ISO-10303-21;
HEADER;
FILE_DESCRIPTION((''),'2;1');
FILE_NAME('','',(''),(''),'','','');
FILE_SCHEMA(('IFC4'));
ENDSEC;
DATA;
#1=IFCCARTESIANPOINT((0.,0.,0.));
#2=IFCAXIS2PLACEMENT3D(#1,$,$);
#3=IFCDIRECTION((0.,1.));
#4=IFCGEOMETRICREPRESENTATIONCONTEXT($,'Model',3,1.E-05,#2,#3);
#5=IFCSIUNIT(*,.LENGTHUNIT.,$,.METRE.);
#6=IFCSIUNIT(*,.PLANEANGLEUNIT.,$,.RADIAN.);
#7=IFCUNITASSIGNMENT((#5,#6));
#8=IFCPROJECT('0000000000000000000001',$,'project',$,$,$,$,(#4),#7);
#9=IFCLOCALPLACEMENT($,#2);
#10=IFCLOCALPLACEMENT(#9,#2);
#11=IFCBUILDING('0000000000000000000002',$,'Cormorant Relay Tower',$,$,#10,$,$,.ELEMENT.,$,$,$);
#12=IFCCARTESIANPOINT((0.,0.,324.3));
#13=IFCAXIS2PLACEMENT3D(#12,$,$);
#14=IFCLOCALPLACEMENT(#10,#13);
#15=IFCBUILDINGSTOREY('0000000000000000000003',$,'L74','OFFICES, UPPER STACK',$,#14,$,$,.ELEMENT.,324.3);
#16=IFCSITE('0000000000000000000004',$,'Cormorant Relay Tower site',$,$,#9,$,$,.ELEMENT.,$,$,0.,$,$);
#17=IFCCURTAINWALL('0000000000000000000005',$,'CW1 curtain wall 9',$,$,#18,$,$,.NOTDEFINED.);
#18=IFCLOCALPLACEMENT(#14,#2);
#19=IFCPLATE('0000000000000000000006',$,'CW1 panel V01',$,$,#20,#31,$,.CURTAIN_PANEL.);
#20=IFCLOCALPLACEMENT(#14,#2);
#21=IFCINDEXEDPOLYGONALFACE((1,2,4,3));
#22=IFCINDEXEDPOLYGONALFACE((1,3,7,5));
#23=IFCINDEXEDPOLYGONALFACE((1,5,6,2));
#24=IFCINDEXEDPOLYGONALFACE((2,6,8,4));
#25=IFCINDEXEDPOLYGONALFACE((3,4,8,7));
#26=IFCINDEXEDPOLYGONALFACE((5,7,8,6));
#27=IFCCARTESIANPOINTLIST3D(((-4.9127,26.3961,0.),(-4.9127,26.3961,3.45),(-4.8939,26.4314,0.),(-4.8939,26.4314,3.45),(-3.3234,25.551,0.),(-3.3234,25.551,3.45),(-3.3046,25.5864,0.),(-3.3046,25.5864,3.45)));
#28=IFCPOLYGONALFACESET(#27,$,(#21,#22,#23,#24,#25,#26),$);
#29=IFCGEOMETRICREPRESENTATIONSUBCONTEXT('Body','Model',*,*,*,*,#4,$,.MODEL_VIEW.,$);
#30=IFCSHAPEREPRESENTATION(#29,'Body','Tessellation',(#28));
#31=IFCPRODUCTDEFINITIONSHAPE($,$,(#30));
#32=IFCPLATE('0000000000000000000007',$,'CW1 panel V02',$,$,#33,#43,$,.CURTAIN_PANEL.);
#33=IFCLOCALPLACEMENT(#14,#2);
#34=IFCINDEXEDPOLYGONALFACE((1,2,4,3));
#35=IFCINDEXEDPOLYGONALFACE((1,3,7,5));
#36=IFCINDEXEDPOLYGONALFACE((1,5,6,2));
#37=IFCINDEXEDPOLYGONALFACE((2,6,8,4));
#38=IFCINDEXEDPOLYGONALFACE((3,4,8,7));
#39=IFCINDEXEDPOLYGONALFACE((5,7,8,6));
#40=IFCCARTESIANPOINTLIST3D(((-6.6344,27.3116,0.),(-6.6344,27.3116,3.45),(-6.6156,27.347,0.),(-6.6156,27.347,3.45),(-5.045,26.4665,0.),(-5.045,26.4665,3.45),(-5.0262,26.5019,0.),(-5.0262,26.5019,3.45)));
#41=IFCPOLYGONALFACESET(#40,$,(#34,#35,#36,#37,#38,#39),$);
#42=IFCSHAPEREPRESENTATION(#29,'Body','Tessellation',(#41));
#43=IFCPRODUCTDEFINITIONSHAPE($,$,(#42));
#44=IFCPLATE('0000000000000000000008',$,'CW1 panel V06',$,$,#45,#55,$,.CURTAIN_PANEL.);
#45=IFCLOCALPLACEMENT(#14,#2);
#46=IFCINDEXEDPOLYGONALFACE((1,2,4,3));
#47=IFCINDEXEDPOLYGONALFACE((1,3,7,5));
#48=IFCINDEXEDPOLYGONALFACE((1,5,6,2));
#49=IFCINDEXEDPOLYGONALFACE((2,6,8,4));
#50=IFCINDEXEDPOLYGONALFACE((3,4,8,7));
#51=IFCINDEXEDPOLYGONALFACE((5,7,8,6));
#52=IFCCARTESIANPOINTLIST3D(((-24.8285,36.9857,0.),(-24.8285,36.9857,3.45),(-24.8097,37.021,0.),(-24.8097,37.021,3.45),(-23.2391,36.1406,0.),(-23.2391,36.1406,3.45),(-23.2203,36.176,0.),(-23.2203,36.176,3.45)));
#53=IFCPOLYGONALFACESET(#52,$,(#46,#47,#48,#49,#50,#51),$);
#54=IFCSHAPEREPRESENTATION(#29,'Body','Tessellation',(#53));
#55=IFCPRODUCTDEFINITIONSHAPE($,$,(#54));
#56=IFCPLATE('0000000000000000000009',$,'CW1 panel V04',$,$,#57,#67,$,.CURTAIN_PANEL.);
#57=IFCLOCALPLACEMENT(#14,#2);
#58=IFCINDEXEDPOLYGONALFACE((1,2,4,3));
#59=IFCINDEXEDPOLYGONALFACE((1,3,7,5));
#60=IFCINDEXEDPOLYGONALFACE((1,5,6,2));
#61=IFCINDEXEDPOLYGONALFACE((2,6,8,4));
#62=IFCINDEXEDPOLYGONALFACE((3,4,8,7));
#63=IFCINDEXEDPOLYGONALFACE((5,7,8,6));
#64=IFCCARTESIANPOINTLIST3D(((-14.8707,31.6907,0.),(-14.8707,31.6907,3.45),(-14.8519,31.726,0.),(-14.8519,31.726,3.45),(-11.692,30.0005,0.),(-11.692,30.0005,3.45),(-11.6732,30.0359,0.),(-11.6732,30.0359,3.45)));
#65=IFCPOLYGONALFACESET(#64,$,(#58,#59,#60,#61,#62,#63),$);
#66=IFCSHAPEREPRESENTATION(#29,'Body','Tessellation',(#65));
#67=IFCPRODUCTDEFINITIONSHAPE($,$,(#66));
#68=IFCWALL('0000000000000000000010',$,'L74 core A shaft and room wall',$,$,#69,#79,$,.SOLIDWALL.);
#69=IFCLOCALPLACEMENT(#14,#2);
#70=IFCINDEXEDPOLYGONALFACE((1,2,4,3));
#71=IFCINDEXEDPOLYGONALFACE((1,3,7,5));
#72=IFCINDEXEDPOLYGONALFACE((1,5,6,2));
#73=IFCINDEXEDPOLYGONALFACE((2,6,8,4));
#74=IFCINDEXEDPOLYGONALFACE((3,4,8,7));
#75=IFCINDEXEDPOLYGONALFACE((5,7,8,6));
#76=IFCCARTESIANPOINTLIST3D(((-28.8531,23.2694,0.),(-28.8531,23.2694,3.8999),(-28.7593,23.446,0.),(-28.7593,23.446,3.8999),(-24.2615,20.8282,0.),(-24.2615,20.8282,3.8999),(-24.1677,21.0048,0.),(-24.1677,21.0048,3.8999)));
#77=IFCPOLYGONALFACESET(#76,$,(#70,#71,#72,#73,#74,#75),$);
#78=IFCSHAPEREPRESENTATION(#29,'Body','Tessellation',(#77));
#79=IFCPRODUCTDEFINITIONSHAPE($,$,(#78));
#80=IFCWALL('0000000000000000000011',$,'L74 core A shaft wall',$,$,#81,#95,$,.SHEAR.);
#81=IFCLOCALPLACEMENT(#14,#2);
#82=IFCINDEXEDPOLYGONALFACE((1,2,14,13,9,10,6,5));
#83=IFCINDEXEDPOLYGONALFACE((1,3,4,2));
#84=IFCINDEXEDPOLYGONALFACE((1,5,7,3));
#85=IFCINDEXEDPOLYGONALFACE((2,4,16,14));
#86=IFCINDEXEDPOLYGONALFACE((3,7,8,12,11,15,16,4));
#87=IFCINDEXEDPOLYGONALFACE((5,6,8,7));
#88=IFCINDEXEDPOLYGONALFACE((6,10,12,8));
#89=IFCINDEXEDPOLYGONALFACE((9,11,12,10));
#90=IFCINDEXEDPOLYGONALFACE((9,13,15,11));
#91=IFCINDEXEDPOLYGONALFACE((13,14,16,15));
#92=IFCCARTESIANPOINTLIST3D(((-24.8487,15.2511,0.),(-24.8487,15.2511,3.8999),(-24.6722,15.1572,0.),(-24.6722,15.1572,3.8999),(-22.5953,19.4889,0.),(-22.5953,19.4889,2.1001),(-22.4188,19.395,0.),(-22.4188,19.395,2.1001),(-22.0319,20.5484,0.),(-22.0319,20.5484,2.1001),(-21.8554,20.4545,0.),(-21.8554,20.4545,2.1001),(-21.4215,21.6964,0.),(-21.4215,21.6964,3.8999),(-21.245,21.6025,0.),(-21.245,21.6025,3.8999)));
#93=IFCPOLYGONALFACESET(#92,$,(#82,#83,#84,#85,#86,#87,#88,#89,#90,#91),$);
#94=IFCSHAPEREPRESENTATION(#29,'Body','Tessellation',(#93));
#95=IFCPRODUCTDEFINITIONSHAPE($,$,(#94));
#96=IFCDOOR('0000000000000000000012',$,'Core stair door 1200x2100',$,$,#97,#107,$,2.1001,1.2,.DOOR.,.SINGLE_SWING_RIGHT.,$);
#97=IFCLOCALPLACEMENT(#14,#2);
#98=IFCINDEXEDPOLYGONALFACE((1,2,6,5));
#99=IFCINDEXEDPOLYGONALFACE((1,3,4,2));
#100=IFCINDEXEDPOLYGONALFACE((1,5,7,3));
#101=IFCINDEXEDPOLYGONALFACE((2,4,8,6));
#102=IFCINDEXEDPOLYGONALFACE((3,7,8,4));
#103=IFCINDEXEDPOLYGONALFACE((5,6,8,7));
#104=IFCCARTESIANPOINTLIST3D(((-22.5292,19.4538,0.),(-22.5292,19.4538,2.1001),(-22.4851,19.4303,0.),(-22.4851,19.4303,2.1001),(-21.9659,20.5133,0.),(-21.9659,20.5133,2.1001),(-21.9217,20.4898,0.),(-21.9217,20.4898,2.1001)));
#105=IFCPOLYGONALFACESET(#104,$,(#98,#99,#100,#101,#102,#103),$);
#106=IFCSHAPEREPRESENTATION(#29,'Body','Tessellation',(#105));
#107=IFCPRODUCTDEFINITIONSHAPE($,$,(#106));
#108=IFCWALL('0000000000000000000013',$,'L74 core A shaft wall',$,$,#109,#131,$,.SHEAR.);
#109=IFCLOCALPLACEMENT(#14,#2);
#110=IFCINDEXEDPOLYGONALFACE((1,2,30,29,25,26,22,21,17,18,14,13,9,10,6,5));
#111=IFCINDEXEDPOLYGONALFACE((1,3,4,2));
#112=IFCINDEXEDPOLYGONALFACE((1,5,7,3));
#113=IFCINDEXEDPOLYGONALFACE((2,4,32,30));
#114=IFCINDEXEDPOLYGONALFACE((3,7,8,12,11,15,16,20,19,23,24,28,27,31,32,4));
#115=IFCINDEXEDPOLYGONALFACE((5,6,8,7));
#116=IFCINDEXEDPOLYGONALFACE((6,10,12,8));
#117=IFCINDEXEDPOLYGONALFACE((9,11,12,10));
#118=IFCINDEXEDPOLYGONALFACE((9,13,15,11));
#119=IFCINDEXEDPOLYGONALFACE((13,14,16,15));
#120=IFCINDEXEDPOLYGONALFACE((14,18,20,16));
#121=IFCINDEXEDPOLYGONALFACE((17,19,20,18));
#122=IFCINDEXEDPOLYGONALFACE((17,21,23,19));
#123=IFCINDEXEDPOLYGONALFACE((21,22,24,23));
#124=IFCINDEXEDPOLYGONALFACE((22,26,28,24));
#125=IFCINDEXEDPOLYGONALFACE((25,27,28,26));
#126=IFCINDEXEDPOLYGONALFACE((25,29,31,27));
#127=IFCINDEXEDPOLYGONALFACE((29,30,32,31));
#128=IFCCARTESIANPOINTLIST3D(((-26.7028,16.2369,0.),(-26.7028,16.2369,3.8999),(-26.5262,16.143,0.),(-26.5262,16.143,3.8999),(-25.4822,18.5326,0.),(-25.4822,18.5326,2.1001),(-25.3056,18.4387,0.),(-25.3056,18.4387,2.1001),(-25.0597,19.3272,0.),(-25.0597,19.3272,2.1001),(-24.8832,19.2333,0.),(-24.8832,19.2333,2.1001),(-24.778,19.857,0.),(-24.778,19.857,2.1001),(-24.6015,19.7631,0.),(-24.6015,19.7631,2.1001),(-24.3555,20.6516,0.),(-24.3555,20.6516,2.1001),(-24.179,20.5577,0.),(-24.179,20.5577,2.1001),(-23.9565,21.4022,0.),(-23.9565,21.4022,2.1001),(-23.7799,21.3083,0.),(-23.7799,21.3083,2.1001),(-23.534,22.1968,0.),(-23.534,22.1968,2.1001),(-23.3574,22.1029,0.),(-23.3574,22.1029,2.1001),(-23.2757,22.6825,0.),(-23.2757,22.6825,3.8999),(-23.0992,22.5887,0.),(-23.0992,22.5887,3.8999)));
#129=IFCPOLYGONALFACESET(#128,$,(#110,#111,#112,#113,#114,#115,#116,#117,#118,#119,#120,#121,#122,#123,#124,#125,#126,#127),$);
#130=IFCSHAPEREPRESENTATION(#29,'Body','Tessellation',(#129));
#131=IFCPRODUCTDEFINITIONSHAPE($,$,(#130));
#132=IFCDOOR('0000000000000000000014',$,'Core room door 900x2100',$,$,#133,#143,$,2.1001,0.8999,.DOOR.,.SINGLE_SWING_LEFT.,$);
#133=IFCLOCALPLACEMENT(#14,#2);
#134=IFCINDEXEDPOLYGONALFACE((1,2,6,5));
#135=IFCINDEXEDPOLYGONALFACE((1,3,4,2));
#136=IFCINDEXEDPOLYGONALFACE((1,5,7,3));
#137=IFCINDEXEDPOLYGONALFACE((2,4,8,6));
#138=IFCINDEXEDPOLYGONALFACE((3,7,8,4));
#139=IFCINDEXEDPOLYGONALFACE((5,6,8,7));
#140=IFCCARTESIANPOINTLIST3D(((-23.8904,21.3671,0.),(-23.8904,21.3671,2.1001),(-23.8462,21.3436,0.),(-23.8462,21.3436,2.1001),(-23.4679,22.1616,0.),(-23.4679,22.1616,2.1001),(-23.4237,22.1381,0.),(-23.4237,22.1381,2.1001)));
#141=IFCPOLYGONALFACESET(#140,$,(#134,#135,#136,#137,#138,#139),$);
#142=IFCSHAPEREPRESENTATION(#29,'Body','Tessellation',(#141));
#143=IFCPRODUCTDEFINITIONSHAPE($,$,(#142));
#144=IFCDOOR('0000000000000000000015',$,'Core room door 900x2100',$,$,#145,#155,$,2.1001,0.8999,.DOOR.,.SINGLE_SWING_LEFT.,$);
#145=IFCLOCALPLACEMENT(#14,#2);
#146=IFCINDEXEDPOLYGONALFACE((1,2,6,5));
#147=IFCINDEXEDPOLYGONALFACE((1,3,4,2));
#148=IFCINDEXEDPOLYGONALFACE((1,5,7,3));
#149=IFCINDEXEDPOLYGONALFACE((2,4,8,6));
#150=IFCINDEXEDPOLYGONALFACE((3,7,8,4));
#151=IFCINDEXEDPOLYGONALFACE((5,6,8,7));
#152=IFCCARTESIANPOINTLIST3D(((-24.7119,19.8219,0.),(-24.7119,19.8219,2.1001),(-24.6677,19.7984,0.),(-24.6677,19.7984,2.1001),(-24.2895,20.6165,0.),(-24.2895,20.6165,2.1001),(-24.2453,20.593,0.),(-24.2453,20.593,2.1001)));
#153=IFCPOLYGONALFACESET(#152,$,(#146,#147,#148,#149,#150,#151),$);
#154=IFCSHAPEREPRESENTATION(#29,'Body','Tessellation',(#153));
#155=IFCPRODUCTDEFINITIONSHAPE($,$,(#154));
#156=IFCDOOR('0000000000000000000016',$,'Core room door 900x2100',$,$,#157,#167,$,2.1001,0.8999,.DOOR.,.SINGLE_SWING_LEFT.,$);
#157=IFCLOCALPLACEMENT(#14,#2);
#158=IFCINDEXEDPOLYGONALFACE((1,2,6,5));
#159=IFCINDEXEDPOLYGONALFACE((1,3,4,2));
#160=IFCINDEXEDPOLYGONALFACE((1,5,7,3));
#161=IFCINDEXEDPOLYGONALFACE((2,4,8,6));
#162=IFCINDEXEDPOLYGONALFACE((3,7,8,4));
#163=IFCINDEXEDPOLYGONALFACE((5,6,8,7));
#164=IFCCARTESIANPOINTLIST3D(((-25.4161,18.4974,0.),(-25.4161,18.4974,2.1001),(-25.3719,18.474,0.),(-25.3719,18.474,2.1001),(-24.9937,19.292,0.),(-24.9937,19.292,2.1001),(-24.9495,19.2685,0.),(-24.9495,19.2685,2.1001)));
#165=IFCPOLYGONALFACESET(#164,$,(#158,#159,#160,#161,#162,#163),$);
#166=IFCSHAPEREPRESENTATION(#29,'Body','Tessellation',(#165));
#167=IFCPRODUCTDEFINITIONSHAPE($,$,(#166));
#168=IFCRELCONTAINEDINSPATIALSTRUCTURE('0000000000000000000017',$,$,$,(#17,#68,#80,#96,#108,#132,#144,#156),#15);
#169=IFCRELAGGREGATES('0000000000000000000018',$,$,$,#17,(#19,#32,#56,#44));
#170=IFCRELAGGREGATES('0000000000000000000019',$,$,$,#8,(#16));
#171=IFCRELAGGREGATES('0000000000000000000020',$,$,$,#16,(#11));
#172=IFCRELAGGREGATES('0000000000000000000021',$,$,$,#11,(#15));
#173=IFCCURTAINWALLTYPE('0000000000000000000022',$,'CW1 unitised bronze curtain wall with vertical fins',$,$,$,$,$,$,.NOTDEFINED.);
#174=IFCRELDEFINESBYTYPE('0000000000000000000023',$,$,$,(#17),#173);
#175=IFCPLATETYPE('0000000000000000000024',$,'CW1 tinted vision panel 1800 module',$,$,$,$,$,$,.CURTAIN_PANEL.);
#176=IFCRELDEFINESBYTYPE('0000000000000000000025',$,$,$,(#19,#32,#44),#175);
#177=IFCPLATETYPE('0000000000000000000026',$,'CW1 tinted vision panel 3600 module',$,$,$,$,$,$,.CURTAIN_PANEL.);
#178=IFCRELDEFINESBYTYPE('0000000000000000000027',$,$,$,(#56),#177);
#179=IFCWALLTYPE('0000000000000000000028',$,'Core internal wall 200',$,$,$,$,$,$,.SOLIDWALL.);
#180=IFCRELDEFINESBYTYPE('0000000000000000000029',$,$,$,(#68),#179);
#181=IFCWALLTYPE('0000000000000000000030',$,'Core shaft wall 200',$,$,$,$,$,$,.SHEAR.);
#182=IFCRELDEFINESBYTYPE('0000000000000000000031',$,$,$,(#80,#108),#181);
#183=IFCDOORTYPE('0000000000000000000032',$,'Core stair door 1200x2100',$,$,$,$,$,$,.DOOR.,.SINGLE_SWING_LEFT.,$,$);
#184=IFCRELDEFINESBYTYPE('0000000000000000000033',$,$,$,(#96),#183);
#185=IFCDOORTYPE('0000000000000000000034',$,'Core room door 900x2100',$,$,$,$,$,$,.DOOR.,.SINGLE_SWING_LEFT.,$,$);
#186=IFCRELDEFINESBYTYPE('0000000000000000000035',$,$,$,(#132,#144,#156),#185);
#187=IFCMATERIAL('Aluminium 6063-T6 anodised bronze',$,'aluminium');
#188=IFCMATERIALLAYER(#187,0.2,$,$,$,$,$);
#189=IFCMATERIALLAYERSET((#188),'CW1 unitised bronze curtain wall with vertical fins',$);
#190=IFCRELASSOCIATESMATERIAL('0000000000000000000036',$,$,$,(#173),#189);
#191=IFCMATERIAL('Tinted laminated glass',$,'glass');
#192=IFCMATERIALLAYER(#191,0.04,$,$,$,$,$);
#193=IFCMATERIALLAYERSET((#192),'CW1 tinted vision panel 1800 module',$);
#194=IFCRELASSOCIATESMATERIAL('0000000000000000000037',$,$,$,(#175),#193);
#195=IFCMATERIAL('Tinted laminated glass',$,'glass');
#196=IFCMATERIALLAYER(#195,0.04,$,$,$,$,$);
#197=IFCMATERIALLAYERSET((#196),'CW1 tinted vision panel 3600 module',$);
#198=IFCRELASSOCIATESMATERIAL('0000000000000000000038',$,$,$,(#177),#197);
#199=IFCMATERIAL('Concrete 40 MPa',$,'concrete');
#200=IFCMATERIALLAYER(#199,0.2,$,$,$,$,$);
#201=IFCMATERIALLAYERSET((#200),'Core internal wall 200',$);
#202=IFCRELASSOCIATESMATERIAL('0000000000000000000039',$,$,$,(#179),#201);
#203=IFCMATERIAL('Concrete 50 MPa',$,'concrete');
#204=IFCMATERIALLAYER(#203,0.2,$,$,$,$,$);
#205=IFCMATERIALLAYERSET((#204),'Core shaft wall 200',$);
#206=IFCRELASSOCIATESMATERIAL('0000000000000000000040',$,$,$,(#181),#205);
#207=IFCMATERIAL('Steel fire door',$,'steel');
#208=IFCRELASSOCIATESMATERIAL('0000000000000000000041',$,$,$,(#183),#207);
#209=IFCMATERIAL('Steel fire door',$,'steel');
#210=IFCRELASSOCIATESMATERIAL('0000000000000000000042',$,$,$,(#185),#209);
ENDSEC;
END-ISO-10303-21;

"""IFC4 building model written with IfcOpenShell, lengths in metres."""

from ifc_helpers import new_model, si_unit, direction, frame, frame_2d, origin, origin_2d, place, context, subcontext, project, spatial, rectangle, extrude, material, layer, layer_set, type_object, element, fill, aggregate, save


model = new_model("IFC4")

# Units and contexts
model_context = context("Model", 3, precision=1e-05, world=origin(), true_north=direction((0.0, 1.0)))
body_context = subcontext(model_context, "Body", "Model", "MODEL_VIEW")
ifc_project = project(units=[si_unit("LENGTHUNIT", "METRE"), si_unit("PLANEANGLEUNIT", "RADIAN")], contexts=[model_context])

# Site, building, storey
site_placement = place(None, origin())
site = spatial("IfcSite", under=ifc_project, at=site_placement, Name="Cormorant Relay Tower site", CompositionType="ELEMENT", RefElevation=0.0)
building_placement = place(site_placement, origin())
building = spatial("IfcBuilding", under=site, at=building_placement, Name="Cormorant Relay Tower", CompositionType="ELEMENT")
storey_placement = place(building_placement, frame((0.0, 0.0, 324.3)))
storey = spatial("IfcBuildingStorey", under=building, at=storey_placement, Name="L74", Description="OFFICES, UPPER STACK", CompositionType="ELEMENT", Elevation=324.3)

# Curtain wall
ifc_material_1 = material(Name="Aluminium 6063-T6 anodised bronze", Category="aluminium")
ifc_layer_1 = layer(ifc_material_1, 0.2)
ifc_layer_set_1 = layer_set([ifc_layer_1], Name="CW1 unitised bronze curtain wall with vertical fins")
curtain_wall_type = type_object("IfcCurtainWallType", Name="CW1 unitised bronze curtain wall with vertical fins", PredefinedType="NOTDEFINED", material=ifc_layer_set_1)
curtain_wall_placement = place(storey_placement, origin())
curtain_wall = element("IfcCurtainWall", 1, at=curtain_wall_placement, inside=storey, type_object=curtain_wall_type, Name="CW1 curtain wall 9", PredefinedType="NOTDEFINED")

# Plates
ifc_material_2 = material(Name="Tinted laminated glass", Category="glass")
ifc_layer_2 = layer(ifc_material_2, 0.04)
ifc_layer_set_2 = layer_set([ifc_layer_2], Name="CW1 tinted vision panel 1800 module")
plate_type_1 = type_object("IfcPlateType", Name="CW1 tinted vision panel 1800 module", PredefinedType="CURTAIN_PANEL", material=ifc_layer_set_2)
plate_1_placement = place(storey_placement, frame((-4.1086, 25.9912, 0.0), z_axis=(0.0, 0.0, 1.0), x_axis=(-0.882948, 0.469472, 0.0)))
plate_1 = element("IfcPlate", 2, at=plate_1_placement, type_object=plate_type_1, Name="CW1 panel V01", PredefinedType="CURTAIN_PANEL", context=body_context, shape_type="SweptSolid", body=[
    extrude(rectangle(XDim=1.8, YDim=0.04, at=origin_2d()), origin(), (0.0, 0.0, 1.0), 3.45),
])
plate_2_placement = place(storey_placement, frame((-5.8303, 26.9067, 0.0), z_axis=(0.0, 0.0, 1.0), x_axis=(-0.882948, 0.469472, 0.0)))
plate_2 = element("IfcPlate", 3, at=plate_2_placement, type_object=plate_type_1, Name="CW1 panel V02", PredefinedType="CURTAIN_PANEL", context=body_context, shape_type="SweptSolid", body=[
    extrude(rectangle(XDim=1.8, YDim=0.04, at=origin_2d()), origin(), (0.0, 0.0, 1.0), 3.45),
])
plate_3_placement = place(storey_placement, frame((-24.0244, 36.5808, 0.0), z_axis=(0.0, 0.0, 1.0), x_axis=(-0.882948, 0.469472, 0.0)))
plate_3 = element("IfcPlate", 4, at=plate_3_placement, type_object=plate_type_1, Name="CW1 panel V06", PredefinedType="CURTAIN_PANEL", context=body_context, shape_type="SweptSolid", body=[
    extrude(rectangle(XDim=1.8, YDim=0.04, at=origin_2d()), origin(), (0.0, 0.0, 1.0), 3.45),
])
ifc_material_3 = material(Name="Tinted laminated glass", Category="glass")
ifc_layer_3 = layer(ifc_material_3, 0.04)
ifc_layer_set_3 = layer_set([ifc_layer_3], Name="CW1 tinted vision panel 3600 module")
plate_type_2 = type_object("IfcPlateType", Name="CW1 tinted vision panel 3600 module", PredefinedType="CURTAIN_PANEL", material=ifc_layer_set_3)
plate_4_placement = place(storey_placement, frame((-13.272, 30.8633, 0.0), z_axis=(0.0, 0.0, 1.0), x_axis=(-0.882948, 0.469472, 0.0)))
plate_4 = element("IfcPlate", 5, at=plate_4_placement, type_object=plate_type_2, Name="CW1 panel V04", PredefinedType="CURTAIN_PANEL", context=body_context, shape_type="SweptSolid", body=[
    extrude(rectangle(XDim=3.6001, YDim=0.04, at=origin_2d()), origin(), (0.0, 0.0, 1.0), 3.45),
])

# Wall
ifc_material_4 = material(Name="Concrete 40 MPa", Category="concrete")
ifc_layer_4 = layer(ifc_material_4, 0.2)
ifc_layer_set_4 = layer_set([ifc_layer_4], Name="Core internal wall 200")
wall_type_1 = type_object("IfcWallType", Name="Core internal wall 200", PredefinedType="SOLIDWALL", material=ifc_layer_set_4)
wall_1_placement = place(storey_placement, frame((-24.2146, 20.9165, 0.0), z_axis=(0.0, 0.0, 1.0), x_axis=(-0.882964, 0.46944, 0.0)))
element("IfcWall", 6, at=wall_1_placement, inside=storey, type_object=wall_type_1, Name="L74 core A shaft and room wall", PredefinedType="SOLIDWALL", context=body_context, shape_type="SweptSolid", body=[
    extrude(rectangle(XDim=5.2002, YDim=0.2, at=frame_2d((2.6001, 0.0))), origin(), (0.0, 0.0, 1.0), 3.8999),
])

# Wall, opening, door
ifc_material_5 = material(Name="Concrete 50 MPa", Category="concrete")
ifc_layer_5 = layer(ifc_material_5, 0.2)
ifc_layer_set_5 = layer_set([ifc_layer_5], Name="Core shaft wall 200")
wall_type_2 = type_object("IfcWallType", Name="Core shaft wall 200", PredefinedType="SHEAR", material=ifc_layer_set_5)
wall_2_placement = place(storey_placement, frame((-21.3333, 21.6494, 0.0), z_axis=(0.0, 0.0, 1.0), x_axis=(-0.469494, -0.882936, 0.0)))
wall_2 = element("IfcWall", 7, at=wall_2_placement, inside=storey, type_object=wall_type_2, Name="L74 core A shaft wall", PredefinedType="SHEAR", context=body_context, shape_type="SweptSolid", body=[
    extrude(rectangle(XDim=7.2998, YDim=0.2, at=frame_2d((3.6499, 0.0))), origin(), (0.0, 0.0, 1.0), 3.8999),
])
opening_1_placement = place(wall_2_placement, frame((1.3, 0.0, 0.0)))
opening_1 = element("IfcOpeningElement", 8, at=opening_1_placement, cuts=wall_2, PredefinedType="OPENING", context=body_context, shape_type="SweptSolid", body=[
    extrude(rectangle(XDim=1.2, YDim=2.1001, at=frame_2d((0.6001, 1.05))), frame((0.0, 0.1099, 0.0), z_axis=(0.0, -1.0, 0.0), x_axis=(1.0, 0.0, 0.0)), (0.0, 0.0, 1.0), 0.22),
])
ifc_material_6 = material(Name="Steel fire door", Category="steel")
door_type_1 = type_object("IfcDoorType", Name="Core stair door 1200x2100", OperationType="SINGLE_SWING_LEFT", PredefinedType="DOOR", material=ifc_material_6)
door_1_placement = place(opening_1_placement, origin())
door_1 = element("IfcDoor", 9, at=door_1_placement, inside=storey, type_object=door_type_1, Name="Core stair door 1200x2100", OperationType="SINGLE_SWING_RIGHT", OverallHeight=2.1001, OverallWidth=1.2, PredefinedType="DOOR", context=body_context, shape_type="SweptSolid", body=[
    extrude(rectangle(XDim=1.2, YDim=2.1001, at=frame_2d((0.6001, 1.05))), frame((0.0, 0.0249, 0.0), z_axis=(0.0, -1.0, 0.0), x_axis=(1.0, 0.0, 0.0)), (0.0, 0.0, 1.0), 0.05),
])
fill(opening_1, door_1)

# Wall, openings, doors
wall_3_placement = place(storey_placement, frame((-23.1875, 22.6355, 0.0), z_axis=(0.0, 0.0, 1.0), x_axis=(-0.469454, -0.882957, 0.0)))
wall_3 = element("IfcWall", 10, at=wall_3_placement, inside=storey, type_object=wall_type_2, Name="L74 core A shaft wall", PredefinedType="SHEAR", context=body_context, shape_type="SweptSolid", body=[
    extrude(rectangle(XDim=7.3, YDim=0.2, at=frame_2d((3.6499, 0.0))), origin(), (0.0, 0.0, 1.0), 3.8999),
])
opening_2_placement = place(wall_3_placement, frame((0.55, 0.0, 0.0)))
opening_2 = element("IfcOpeningElement", 11, at=opening_2_placement, cuts=wall_3, PredefinedType="OPENING", context=body_context, shape_type="SweptSolid", body=[
    extrude(rectangle(XDim=0.8999, YDim=2.1001, at=frame_2d((0.45, 1.05))), frame((0.0, 0.1099, 0.0), z_axis=(0.0, -1.0, 0.0), x_axis=(1.0, 0.0, 0.0)), (0.0, 0.0, 1.0), 0.22),
])
opening_3_placement = place(wall_3_placement, frame((2.3, 0.0, 0.0)))
opening_3 = element("IfcOpeningElement", 12, at=opening_3_placement, cuts=wall_3, PredefinedType="OPENING", context=body_context, shape_type="SweptSolid", body=[
    extrude(rectangle(XDim=0.8999, YDim=2.1001, at=frame_2d((0.45, 1.05))), frame((0.0, 0.1099, 0.0), z_axis=(0.0, -1.0, 0.0), x_axis=(1.0, 0.0, 0.0)), (0.0, 0.0, 1.0), 0.22),
])
opening_4_placement = place(wall_3_placement, frame((3.8, 0.0, 0.0)))
opening_4 = element("IfcOpeningElement", 13, at=opening_4_placement, cuts=wall_3, PredefinedType="OPENING", context=body_context, shape_type="SweptSolid", body=[
    extrude(rectangle(XDim=0.8999, YDim=2.1001, at=frame_2d((0.45, 1.05))), frame((0.0, 0.1099, 0.0), z_axis=(0.0, -1.0, 0.0), x_axis=(1.0, 0.0, 0.0)), (0.0, 0.0, 1.0), 0.22),
])
ifc_material_7 = material(Name="Steel fire door", Category="steel")
door_type_2 = type_object("IfcDoorType", Name="Core room door 900x2100", OperationType="SINGLE_SWING_LEFT", PredefinedType="DOOR", material=ifc_material_7)
door_2_placement = place(opening_2_placement, origin())
door_2 = element("IfcDoor", 14, at=door_2_placement, inside=storey, type_object=door_type_2, Name="Core room door 900x2100", OperationType="SINGLE_SWING_LEFT", OverallHeight=2.1001, OverallWidth=0.8999, PredefinedType="DOOR", context=body_context, shape_type="SweptSolid", body=[
    extrude(rectangle(XDim=0.8999, YDim=2.1001, at=frame_2d((0.45, 1.05))), frame((0.0, 0.0249, 0.0), z_axis=(0.0, -1.0, 0.0), x_axis=(1.0, 0.0, 0.0)), (0.0, 0.0, 1.0), 0.05),
])
fill(opening_2, door_2)
door_3_placement = place(opening_3_placement, origin())
door_3 = element("IfcDoor", 15, at=door_3_placement, inside=storey, type_object=door_type_2, Name="Core room door 900x2100", OperationType="SINGLE_SWING_LEFT", OverallHeight=2.1001, OverallWidth=0.8999, PredefinedType="DOOR", context=body_context, shape_type="SweptSolid", body=[
    extrude(rectangle(XDim=0.8999, YDim=2.1001, at=frame_2d((0.45, 1.05))), frame((0.0, 0.0249, 0.0), z_axis=(0.0, -1.0, 0.0), x_axis=(1.0, 0.0, 0.0)), (0.0, 0.0, 1.0), 0.05),
])
fill(opening_3, door_3)
door_4_placement = place(opening_4_placement, origin())
door_4 = element("IfcDoor", 16, at=door_4_placement, inside=storey, type_object=door_type_2, Name="Core room door 900x2100", OperationType="SINGLE_SWING_LEFT", OverallHeight=2.1001, OverallWidth=0.8999, PredefinedType="DOOR", context=body_context, shape_type="SweptSolid", body=[
    extrude(rectangle(XDim=0.8999, YDim=2.1001, at=frame_2d((0.45, 1.05))), frame((0.0, 0.0249, 0.0), z_axis=(0.0, -1.0, 0.0), x_axis=(1.0, 0.0, 0.0)), (0.0, 0.0, 1.0), 0.05),
])
fill(opening_4, door_4)

aggregate(curtain_wall, [plate_1, plate_2, plate_4, plate_3])

save(model, "model.ifc")
